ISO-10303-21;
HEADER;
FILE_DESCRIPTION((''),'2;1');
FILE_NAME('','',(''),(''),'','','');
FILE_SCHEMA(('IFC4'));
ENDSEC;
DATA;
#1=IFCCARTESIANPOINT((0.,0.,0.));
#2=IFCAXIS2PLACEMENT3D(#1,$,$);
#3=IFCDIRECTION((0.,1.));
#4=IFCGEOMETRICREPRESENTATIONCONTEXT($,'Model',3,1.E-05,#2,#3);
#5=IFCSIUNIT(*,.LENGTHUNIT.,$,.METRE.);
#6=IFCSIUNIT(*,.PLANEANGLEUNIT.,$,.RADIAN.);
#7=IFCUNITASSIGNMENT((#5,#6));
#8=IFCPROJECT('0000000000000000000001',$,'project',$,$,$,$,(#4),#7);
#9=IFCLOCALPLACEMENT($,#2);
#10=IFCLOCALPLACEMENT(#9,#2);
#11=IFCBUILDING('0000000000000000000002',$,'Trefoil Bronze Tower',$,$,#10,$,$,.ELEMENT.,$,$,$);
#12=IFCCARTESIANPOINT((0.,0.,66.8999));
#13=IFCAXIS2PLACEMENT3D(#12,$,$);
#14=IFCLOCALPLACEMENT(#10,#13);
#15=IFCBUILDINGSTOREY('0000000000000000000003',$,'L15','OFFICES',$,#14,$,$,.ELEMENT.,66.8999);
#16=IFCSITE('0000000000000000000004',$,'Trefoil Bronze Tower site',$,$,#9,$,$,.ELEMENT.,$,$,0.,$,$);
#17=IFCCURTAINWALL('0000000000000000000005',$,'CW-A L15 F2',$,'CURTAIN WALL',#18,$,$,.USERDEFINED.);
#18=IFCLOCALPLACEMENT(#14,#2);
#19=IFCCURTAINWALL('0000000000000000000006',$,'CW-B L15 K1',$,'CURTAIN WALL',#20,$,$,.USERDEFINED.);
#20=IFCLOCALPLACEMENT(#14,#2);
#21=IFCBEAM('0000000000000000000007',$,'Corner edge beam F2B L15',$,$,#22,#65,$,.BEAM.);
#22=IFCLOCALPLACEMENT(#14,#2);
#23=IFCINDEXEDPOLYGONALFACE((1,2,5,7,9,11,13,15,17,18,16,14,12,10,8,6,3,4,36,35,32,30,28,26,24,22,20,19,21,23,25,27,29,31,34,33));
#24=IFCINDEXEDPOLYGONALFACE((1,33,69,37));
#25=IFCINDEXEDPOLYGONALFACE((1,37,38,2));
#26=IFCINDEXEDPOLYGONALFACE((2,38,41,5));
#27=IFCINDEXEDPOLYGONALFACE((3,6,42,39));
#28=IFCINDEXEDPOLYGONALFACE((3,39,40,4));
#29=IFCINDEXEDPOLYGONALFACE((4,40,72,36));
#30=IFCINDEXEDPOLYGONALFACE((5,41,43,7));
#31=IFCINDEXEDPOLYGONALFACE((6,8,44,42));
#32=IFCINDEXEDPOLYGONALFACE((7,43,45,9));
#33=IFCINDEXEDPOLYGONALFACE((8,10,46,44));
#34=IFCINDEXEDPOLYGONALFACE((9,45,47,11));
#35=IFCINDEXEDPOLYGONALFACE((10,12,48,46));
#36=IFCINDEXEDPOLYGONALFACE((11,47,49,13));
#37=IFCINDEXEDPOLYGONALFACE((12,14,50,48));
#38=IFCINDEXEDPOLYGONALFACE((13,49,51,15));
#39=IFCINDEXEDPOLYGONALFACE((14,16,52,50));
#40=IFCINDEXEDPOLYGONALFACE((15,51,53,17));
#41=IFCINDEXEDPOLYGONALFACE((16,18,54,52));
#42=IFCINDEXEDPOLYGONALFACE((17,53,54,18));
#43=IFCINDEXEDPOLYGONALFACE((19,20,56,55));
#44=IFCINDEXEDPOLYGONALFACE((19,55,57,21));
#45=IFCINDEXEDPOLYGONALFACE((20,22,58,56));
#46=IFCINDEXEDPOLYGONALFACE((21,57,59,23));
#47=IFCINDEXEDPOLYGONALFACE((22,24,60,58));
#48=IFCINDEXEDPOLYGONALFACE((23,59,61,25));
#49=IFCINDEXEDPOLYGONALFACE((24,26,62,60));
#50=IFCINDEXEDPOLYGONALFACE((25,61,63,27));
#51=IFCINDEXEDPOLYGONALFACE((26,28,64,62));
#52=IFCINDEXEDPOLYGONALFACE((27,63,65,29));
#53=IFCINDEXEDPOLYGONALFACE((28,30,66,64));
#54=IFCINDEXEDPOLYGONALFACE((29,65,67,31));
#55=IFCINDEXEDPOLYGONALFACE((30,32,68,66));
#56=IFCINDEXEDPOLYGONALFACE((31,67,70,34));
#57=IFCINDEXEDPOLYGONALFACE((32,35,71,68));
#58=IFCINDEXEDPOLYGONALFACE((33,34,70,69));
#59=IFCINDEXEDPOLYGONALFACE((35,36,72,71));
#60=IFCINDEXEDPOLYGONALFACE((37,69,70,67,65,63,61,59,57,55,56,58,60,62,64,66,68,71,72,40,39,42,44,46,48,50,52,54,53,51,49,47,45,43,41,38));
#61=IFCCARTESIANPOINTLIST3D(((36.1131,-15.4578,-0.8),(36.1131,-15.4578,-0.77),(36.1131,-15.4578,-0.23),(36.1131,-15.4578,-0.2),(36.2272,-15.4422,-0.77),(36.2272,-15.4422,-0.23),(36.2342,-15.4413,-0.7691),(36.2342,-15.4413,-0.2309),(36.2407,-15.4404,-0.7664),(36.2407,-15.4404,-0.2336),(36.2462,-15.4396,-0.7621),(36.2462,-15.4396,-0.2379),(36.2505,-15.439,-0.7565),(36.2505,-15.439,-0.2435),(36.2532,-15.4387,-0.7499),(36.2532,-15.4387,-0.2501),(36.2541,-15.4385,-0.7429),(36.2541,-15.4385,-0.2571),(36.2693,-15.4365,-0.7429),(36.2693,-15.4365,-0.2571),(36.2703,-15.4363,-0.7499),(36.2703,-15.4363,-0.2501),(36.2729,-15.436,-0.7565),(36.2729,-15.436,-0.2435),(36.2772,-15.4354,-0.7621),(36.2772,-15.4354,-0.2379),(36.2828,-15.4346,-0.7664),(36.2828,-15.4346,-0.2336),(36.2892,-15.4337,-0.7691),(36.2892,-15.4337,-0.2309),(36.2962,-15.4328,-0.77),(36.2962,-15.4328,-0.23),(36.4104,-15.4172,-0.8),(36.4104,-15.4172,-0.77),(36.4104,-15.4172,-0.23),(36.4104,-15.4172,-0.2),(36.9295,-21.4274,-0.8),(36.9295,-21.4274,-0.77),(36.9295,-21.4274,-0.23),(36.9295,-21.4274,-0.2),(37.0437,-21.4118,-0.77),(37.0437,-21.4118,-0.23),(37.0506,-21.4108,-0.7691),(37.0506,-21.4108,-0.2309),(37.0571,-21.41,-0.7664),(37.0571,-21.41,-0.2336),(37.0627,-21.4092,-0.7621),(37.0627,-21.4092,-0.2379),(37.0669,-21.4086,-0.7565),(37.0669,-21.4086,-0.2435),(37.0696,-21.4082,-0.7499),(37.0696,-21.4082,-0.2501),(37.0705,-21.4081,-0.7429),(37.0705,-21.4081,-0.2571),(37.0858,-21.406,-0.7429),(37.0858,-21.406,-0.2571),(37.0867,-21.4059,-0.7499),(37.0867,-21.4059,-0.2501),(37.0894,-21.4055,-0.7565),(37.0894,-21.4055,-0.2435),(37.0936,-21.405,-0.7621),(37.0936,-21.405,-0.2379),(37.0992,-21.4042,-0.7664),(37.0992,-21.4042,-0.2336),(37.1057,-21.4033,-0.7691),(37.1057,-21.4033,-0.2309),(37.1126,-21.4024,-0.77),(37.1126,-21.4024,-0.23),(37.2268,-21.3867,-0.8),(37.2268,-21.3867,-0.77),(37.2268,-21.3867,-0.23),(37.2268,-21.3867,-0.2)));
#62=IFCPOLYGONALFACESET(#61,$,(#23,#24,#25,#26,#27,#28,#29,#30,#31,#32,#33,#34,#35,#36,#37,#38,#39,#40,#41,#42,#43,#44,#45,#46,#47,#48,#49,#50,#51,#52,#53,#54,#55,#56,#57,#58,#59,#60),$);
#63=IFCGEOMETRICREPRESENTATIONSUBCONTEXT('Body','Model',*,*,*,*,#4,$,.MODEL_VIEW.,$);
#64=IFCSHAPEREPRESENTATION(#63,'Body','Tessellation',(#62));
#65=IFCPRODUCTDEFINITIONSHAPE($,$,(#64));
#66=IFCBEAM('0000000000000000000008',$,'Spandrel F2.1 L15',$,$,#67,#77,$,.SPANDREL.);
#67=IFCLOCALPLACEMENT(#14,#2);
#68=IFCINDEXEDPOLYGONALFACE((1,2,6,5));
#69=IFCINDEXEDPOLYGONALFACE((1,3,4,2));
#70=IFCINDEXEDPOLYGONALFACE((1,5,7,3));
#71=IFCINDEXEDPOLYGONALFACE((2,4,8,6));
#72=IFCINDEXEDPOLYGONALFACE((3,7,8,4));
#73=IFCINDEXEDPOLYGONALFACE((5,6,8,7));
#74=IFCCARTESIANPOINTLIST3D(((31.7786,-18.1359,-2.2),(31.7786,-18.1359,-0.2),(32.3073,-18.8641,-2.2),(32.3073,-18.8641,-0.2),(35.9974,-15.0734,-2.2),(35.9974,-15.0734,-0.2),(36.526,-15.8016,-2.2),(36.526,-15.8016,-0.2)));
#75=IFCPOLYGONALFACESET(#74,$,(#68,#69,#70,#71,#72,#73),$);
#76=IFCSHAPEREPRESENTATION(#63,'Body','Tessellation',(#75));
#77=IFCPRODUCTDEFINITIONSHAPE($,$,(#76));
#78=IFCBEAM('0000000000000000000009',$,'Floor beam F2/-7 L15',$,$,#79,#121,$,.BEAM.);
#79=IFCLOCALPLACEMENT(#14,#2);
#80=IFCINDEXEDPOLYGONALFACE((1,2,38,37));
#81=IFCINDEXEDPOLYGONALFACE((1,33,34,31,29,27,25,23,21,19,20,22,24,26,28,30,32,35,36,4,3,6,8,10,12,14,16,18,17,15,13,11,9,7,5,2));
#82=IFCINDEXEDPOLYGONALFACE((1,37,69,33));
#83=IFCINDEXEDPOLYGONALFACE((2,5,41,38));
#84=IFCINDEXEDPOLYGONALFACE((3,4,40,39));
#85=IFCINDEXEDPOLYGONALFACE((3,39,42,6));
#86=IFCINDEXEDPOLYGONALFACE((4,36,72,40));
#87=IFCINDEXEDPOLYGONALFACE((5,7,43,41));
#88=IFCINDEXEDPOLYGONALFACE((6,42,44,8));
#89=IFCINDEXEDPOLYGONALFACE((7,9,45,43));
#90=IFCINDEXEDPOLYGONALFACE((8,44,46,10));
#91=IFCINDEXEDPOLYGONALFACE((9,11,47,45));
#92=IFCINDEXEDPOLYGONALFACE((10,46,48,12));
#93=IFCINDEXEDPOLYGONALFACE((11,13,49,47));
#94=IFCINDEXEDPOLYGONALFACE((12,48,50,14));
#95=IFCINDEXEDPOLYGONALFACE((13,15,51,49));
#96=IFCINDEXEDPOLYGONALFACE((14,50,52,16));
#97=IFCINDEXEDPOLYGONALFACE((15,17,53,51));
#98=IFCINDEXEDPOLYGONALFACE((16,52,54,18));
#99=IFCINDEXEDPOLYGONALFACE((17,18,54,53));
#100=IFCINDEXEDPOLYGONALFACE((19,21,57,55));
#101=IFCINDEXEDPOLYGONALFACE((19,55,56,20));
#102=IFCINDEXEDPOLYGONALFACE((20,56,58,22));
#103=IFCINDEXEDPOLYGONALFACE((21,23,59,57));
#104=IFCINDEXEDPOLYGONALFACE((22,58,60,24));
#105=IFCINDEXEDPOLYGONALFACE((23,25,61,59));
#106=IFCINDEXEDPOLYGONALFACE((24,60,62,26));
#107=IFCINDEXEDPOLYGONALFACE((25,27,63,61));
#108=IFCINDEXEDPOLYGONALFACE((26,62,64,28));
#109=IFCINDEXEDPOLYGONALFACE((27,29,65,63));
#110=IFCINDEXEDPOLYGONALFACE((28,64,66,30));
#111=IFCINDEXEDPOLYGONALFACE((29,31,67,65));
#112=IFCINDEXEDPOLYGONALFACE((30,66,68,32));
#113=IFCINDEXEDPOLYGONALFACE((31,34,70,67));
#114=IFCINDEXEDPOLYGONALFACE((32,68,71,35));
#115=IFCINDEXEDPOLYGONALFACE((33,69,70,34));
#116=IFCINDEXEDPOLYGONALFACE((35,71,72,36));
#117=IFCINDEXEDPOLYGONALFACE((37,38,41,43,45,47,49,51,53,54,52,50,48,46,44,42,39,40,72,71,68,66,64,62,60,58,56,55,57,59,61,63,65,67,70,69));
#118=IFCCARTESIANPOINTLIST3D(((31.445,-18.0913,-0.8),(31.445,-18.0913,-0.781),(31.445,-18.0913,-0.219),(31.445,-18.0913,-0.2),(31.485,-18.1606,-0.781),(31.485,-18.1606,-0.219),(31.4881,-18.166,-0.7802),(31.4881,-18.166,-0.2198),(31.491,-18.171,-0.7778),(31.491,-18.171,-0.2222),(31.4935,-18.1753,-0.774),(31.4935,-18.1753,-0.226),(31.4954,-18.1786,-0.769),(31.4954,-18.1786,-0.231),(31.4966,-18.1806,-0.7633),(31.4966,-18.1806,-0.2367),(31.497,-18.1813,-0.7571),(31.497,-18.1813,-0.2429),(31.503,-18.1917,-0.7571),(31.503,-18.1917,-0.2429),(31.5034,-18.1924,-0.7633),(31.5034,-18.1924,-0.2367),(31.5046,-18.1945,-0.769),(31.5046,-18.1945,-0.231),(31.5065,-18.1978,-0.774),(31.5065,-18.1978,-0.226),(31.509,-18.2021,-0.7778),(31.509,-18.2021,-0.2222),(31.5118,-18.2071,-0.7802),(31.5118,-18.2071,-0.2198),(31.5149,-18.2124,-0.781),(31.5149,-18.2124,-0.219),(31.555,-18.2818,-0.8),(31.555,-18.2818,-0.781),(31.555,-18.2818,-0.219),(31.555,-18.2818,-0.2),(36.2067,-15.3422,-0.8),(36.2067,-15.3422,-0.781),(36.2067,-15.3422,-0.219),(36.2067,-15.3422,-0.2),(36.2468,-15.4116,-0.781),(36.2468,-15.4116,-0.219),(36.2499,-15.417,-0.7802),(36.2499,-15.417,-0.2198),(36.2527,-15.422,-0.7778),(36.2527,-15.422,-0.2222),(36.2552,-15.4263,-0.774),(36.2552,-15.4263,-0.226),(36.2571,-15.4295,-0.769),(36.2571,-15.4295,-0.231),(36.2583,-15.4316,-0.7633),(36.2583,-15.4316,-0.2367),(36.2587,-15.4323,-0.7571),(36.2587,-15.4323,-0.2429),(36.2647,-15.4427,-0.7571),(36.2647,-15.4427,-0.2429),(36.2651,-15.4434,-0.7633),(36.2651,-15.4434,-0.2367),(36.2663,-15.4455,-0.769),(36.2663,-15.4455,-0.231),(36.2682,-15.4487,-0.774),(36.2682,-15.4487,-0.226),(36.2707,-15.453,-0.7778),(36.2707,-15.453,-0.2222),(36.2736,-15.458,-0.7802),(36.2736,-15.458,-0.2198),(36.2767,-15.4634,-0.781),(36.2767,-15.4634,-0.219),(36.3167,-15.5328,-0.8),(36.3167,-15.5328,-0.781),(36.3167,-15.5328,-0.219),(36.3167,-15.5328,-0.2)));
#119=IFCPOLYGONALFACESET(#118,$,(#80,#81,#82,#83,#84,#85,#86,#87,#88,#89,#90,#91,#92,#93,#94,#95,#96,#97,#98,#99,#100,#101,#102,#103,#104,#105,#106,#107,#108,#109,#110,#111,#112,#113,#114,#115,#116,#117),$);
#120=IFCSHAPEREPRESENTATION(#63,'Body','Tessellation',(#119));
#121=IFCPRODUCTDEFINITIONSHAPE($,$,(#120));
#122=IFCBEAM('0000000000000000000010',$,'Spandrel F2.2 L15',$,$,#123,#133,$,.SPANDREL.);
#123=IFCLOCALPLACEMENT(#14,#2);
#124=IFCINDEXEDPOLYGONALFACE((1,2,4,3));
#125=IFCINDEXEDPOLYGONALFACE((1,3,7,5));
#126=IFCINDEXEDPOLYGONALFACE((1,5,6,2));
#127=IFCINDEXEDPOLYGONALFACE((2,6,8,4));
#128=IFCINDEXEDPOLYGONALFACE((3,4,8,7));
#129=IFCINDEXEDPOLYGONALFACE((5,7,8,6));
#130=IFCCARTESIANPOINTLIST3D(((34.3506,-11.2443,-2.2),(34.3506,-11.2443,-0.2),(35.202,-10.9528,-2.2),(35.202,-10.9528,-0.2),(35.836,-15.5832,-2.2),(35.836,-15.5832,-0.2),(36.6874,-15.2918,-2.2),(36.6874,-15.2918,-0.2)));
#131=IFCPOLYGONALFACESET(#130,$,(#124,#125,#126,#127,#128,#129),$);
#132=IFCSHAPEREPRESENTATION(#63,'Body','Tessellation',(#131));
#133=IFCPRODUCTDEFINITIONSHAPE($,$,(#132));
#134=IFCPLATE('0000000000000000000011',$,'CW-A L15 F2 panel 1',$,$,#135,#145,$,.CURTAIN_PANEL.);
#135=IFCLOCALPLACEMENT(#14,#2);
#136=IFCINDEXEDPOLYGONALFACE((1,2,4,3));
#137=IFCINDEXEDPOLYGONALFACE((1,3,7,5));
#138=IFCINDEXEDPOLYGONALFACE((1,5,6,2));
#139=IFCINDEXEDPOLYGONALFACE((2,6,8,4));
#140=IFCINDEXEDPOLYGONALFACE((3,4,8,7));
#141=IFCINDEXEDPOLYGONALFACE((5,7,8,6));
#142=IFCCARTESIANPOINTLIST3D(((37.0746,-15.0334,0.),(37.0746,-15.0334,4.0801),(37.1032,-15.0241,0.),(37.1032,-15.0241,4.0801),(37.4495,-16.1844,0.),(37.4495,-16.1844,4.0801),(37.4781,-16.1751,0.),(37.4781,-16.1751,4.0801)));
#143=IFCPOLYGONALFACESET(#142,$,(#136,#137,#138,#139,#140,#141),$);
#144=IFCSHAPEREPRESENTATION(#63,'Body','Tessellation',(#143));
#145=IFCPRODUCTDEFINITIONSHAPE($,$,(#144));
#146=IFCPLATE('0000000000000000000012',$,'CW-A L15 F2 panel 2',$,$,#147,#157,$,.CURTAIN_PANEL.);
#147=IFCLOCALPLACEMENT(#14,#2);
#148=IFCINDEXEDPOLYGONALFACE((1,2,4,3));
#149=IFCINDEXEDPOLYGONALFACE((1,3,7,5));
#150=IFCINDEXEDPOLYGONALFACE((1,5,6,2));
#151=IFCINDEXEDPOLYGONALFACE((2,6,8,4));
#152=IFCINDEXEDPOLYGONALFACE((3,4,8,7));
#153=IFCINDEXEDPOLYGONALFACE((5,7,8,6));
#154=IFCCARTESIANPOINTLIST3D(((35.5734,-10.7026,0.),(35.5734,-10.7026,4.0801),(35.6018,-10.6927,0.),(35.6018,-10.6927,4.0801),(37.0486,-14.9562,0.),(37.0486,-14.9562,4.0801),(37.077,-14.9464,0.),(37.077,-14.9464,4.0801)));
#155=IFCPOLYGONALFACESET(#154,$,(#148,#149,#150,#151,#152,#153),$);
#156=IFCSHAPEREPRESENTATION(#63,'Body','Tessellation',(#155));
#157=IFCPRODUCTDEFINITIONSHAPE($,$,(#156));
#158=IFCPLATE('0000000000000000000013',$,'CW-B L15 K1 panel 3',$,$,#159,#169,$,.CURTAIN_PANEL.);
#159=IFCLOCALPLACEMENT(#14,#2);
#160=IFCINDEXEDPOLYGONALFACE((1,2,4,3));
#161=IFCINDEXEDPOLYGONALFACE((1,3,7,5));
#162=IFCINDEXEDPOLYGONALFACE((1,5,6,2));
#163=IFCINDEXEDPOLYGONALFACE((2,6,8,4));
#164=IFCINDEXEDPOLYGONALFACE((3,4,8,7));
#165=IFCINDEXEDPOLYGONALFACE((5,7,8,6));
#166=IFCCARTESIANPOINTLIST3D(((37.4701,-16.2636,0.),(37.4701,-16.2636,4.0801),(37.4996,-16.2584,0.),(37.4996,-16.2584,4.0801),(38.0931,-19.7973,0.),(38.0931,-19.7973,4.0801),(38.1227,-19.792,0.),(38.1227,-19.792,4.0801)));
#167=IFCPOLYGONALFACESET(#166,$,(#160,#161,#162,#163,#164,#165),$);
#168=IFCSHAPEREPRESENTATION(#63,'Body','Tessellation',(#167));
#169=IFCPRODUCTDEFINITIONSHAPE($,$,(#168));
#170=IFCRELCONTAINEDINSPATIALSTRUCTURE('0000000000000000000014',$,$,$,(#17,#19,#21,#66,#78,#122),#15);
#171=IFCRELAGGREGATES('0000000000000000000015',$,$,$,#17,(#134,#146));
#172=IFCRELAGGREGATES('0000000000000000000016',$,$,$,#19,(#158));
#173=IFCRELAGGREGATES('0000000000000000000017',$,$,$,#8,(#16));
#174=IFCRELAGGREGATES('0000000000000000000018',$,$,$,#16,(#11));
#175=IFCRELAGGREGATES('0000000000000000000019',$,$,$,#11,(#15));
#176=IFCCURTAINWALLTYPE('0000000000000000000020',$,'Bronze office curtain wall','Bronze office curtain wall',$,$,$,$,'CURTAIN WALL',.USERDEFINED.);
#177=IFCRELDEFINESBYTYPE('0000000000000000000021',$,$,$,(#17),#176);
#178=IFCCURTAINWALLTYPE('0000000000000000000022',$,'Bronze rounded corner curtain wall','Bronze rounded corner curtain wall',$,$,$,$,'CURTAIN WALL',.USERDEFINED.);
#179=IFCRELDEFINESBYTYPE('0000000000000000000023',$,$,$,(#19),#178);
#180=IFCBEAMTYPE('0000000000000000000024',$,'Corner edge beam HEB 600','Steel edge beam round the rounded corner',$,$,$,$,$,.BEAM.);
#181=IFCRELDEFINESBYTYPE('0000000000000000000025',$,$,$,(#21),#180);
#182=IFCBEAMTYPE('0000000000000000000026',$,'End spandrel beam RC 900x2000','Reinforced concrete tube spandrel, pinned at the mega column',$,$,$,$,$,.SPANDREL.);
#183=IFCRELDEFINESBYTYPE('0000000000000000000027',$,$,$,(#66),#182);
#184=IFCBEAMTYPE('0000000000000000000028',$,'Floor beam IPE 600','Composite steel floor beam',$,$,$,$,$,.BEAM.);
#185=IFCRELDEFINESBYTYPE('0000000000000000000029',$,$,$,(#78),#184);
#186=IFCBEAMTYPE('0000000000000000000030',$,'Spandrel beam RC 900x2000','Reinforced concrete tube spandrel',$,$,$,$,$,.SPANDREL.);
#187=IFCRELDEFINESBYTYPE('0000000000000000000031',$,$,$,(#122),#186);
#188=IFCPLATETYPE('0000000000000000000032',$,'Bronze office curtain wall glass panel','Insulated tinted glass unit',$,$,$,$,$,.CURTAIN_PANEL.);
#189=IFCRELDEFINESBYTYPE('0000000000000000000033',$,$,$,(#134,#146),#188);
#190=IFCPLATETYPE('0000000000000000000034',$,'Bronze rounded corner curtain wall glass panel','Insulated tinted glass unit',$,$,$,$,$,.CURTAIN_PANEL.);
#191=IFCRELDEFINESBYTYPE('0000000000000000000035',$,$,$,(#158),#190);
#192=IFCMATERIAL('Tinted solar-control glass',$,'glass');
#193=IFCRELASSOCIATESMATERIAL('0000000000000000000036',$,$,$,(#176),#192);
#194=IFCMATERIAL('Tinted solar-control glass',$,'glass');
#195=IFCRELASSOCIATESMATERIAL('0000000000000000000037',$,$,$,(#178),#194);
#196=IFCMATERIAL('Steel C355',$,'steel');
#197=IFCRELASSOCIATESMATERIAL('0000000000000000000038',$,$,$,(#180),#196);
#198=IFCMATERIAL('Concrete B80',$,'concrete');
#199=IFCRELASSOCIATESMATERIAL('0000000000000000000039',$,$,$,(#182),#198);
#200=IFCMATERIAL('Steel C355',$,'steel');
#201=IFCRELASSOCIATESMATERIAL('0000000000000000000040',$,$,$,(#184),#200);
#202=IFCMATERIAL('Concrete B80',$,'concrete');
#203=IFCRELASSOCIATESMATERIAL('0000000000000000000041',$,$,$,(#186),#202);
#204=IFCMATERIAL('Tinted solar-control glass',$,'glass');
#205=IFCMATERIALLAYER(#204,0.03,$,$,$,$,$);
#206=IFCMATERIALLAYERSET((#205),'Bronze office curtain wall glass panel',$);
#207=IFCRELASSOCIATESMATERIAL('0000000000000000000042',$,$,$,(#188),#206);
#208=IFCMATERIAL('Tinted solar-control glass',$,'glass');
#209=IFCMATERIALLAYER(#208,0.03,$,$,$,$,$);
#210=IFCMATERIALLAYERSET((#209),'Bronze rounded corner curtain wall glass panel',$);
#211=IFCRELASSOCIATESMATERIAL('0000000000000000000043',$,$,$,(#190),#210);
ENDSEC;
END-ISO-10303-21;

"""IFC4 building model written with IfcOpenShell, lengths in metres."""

from ifc_helpers import new_model, si_unit, direction, frame, origin, origin_2d, place, context, subcontext, project, spatial, rectangle, i_section, extrude, material, layer, layer_set, material_profile, profile_set, type_object, element, aggregate, save


model = new_model("IFC4")

# Units and contexts
model_context = context("Model", 3, precision=1e-05, world=origin(), true_north=direction((0.0, 1.0)))
body_context = subcontext(model_context, "Body", "Model", "MODEL_VIEW")
ifc_project = project(units=[si_unit("LENGTHUNIT", "METRE"), si_unit("PLANEANGLEUNIT", "RADIAN")], contexts=[model_context])

# Site, building, storey
site_placement = place(None, origin())
site = spatial("IfcSite", under=ifc_project, at=site_placement, Name="Trefoil Bronze Tower site", CompositionType="ELEMENT", RefElevation=0.0)
building_placement = place(site_placement, origin())
building = spatial("IfcBuilding", under=site, at=building_placement, Name="Trefoil Bronze Tower", CompositionType="ELEMENT")
storey_placement = place(building_placement, frame((0.0, 0.0, 66.8999)))
storey = spatial("IfcBuildingStorey", under=building, at=storey_placement, Name="L15", Description="OFFICES", CompositionType="ELEMENT", Elevation=66.8999)

# Curtain wall
ifc_material_1 = material(Name="Tinted solar-control glass", Category="glass")
curtain_wall_type_1 = type_object("IfcCurtainWallType", Name="Bronze office curtain wall", Description="Bronze office curtain wall", ElementType="CURTAIN WALL", PredefinedType="USERDEFINED", material=ifc_material_1)
curtain_wall_1_placement = place(storey_placement, origin())
curtain_wall_1 = element("IfcCurtainWall", 1, at=curtain_wall_1_placement, inside=storey, type_object=curtain_wall_type_1, Name="CW-A L15 F2", ObjectType="CURTAIN WALL", PredefinedType="USERDEFINED")

# Curtain wall
ifc_material_2 = material(Name="Tinted solar-control glass", Category="glass")
curtain_wall_type_2 = type_object("IfcCurtainWallType", Name="Bronze rounded corner curtain wall", Description="Bronze rounded corner curtain wall", ElementType="CURTAIN WALL", PredefinedType="USERDEFINED", material=ifc_material_2)
curtain_wall_2_placement = place(storey_placement, origin())
curtain_wall_2 = element("IfcCurtainWall", 2, at=curtain_wall_2_placement, inside=storey, type_object=curtain_wall_type_2, Name="CW-B L15 K1", ObjectType="CURTAIN WALL", PredefinedType="USERDEFINED")

# Beams
ifc_material_3 = material(Name="Steel C355", Category="steel")
ifc_material_profile_1 = material_profile(ifc_material_3, i_section(OverallWidth=0.3, OverallDepth=0.6001, WebThickness=0.0154, FlangeThickness=0.03, FilletRadius=0.0271, at=origin_2d()), Name="HEB 600")
ifc_profile_set_1 = profile_set([ifc_material_profile_1], Name="Steel C355")
beam_type_1 = type_object("IfcBeamType", Name="Corner edge beam HEB 600", Description="Steel edge beam round the rounded corner", PredefinedType="BEAM", material=ifc_profile_set_1)
beam_1_placement = place(storey_placement, frame((36.2617, -15.4375, -0.5), z_axis=(0.135502, -0.990777, 0.0), x_axis=(0.990777, 0.135502, 0.0)))
element("IfcBeam", 3, at=beam_1_placement, inside=storey, type_object=beam_type_1, Name="Corner edge beam F2B L15", PredefinedType="BEAM", context=body_context, shape_type="SweptSolid", body=[
    extrude(i_section(OverallWidth=0.3, OverallDepth=0.6001, WebThickness=0.0154, FlangeThickness=0.03, FilletRadius=0.0271, at=origin_2d()), origin(), (0.0, 0.0, 1.0), 6.0251),
])
ifc_material_4 = material(Name="Concrete B80", Category="concrete")
ifc_material_profile_2 = material_profile(ifc_material_4, rectangle(XDim=0.8999, YDim=2.0, at=origin_2d()), Name="RC 900x2000")
ifc_profile_set_2 = profile_set([ifc_material_profile_2], Name="Concrete B80")
beam_type_2 = type_object("IfcBeamType", Name="End spandrel beam RC 900x2000", Description="Reinforced concrete tube spandrel, pinned at the mega column", PredefinedType="SPANDREL", material=ifc_profile_set_2)
beam_2_placement = place(storey_placement, frame((32.043, -18.5, -1.2), z_axis=(0.809254, 0.587459, 0.0), x_axis=(-0.587459, 0.809254, 0.0)))
element("IfcBeam", 4, at=beam_2_placement, inside=storey, type_object=beam_type_2, Name="Spandrel F2.1 L15", PredefinedType="SPANDREL", context=body_context, shape_type="SweptSolid", body=[
    extrude(rectangle(XDim=0.8999, YDim=2.0, at=origin_2d()), origin(), (0.0, 0.0, 1.0), 5.2131),
])
ifc_material_5 = material(Name="Steel C355", Category="steel")
ifc_material_profile_3 = material_profile(ifc_material_5, i_section(OverallWidth=0.22, OverallDepth=0.6001, WebThickness=0.012, FlangeThickness=0.019, FilletRadius=0.0239, at=origin_2d()), Name="IPE 600")
ifc_profile_set_3 = profile_set([ifc_material_profile_3], Name="Steel C355")
beam_type_3 = type_object("IfcBeamType", Name="Floor beam IPE 600", Description="Composite steel floor beam", PredefinedType="BEAM", material=ifc_profile_set_3)
beam_3_placement = place(storey_placement, frame((36.2617, -15.4375, -0.5), z_axis=(-0.866038, -0.499979, 0.0), x_axis=(0.499979, -0.866038, 0.0)))
element("IfcBeam", 5, at=beam_3_placement, inside=storey, type_object=beam_type_3, Name="Floor beam F2/-7 L15", PredefinedType="BEAM", context=body_context, shape_type="SweptSolid", body=[
    extrude(i_section(OverallWidth=0.22, OverallDepth=0.6001, WebThickness=0.012, FlangeThickness=0.019, FilletRadius=0.0239, at=origin_2d()), origin(), (0.0, 0.0, 1.0), 5.4983),
])
ifc_material_6 = material(Name="Concrete B80", Category="concrete")
ifc_material_profile_4 = material_profile(ifc_material_6, rectangle(XDim=0.8999, YDim=2.0, at=origin_2d()), Name="RC 900x2000")
ifc_profile_set_4 = profile_set([ifc_material_profile_4], Name="Concrete B80")
beam_type_4 = type_object("IfcBeamType", Name="Spandrel beam RC 900x2000", Description="Reinforced concrete tube spandrel", PredefinedType="SPANDREL", material=ifc_profile_set_4)
beam_4_placement = place(storey_placement, frame((36.2617, -15.4375, -1.2), z_axis=(-0.323883, 0.946097, 0.0), x_axis=(-0.946097, -0.323883, 0.0)))
element("IfcBeam", 6, at=beam_4_placement, inside=storey, type_object=beam_type_4, Name="Spandrel F2.2 L15", PredefinedType="SPANDREL", context=body_context, shape_type="SweptSolid", body=[
    extrude(rectangle(XDim=0.8999, YDim=2.0, at=origin_2d()), origin(), (0.0, 0.0, 1.0), 4.5862),
])

# Plates
ifc_material_7 = material(Name="Tinted solar-control glass", Category="glass")
ifc_layer_1 = layer(ifc_material_7, 0.03)
ifc_layer_set_1 = layer_set([ifc_layer_1], Name="Bronze office curtain wall glass panel")
plate_type_1 = type_object("IfcPlateType", Name="Bronze office curtain wall glass panel", Description="Insulated tinted glass unit", PredefinedType="CURTAIN_PANEL", material=ifc_layer_set_1)
plate_1_placement = place(storey_placement, frame((37.2764, -15.6042, 0.0), z_axis=(0.0, 0.0, 1.0), x_axis=(-0.309728, 0.950825, 0.0)))
plate_1 = element("IfcPlate", 7, at=plate_1_placement, type_object=plate_type_1, Name="CW-A L15 F2 panel 1", PredefinedType="CURTAIN_PANEL", context=body_context, shape_type="SweptSolid", body=[
    extrude(rectangle(XDim=1.2104, YDim=0.03, at=origin_2d()), origin(), (0.0, 0.0, 1.0), 4.0801),
])
plate_2_placement = place(storey_placement, frame((36.3252, -12.8245, 0.0), z_axis=(0.0, 0.0, 1.0), x_axis=(-0.327674, 0.944791, 0.0)))
plate_2 = element("IfcPlate", 8, at=plate_2_placement, type_object=plate_type_1, Name="CW-A L15 F2 panel 2", PredefinedType="CURTAIN_PANEL", context=body_context, shape_type="SweptSolid", body=[
    extrude(rectangle(XDim=4.5022, YDim=0.03, at=origin_2d()), origin(), (0.0, 0.0, 1.0), 4.0801),
])
aggregate(curtain_wall_1, [plate_1, plate_2])
ifc_material_8 = material(Name="Tinted solar-control glass", Category="glass")
ifc_layer_2 = layer(ifc_material_8, 0.03)
ifc_layer_set_2 = layer_set([ifc_layer_2], Name="Bronze rounded corner curtain wall glass panel")
plate_type_2 = type_object("IfcPlateType", Name="Bronze rounded corner curtain wall glass panel", Description="Insulated tinted glass unit", PredefinedType="CURTAIN_PANEL", material=ifc_layer_set_2)
plate_3_placement = place(storey_placement, frame((37.7964, -18.0278, 0.0), z_axis=(0.0, 0.0, 1.0), x_axis=(-0.173648, 0.984808, 0.0)))
plate_3 = element("IfcPlate", 9, at=plate_3_placement, type_object=plate_type_2, Name="CW-B L15 K1 panel 3", PredefinedType="CURTAIN_PANEL", context=body_context, shape_type="SweptSolid", body=[
    extrude(rectangle(XDim=3.5881, YDim=0.03, at=origin_2d()), origin(), (0.0, 0.0, 1.0), 4.0801),
])
aggregate(curtain_wall_2, [plate_3])

save(model, "model.ifc")
